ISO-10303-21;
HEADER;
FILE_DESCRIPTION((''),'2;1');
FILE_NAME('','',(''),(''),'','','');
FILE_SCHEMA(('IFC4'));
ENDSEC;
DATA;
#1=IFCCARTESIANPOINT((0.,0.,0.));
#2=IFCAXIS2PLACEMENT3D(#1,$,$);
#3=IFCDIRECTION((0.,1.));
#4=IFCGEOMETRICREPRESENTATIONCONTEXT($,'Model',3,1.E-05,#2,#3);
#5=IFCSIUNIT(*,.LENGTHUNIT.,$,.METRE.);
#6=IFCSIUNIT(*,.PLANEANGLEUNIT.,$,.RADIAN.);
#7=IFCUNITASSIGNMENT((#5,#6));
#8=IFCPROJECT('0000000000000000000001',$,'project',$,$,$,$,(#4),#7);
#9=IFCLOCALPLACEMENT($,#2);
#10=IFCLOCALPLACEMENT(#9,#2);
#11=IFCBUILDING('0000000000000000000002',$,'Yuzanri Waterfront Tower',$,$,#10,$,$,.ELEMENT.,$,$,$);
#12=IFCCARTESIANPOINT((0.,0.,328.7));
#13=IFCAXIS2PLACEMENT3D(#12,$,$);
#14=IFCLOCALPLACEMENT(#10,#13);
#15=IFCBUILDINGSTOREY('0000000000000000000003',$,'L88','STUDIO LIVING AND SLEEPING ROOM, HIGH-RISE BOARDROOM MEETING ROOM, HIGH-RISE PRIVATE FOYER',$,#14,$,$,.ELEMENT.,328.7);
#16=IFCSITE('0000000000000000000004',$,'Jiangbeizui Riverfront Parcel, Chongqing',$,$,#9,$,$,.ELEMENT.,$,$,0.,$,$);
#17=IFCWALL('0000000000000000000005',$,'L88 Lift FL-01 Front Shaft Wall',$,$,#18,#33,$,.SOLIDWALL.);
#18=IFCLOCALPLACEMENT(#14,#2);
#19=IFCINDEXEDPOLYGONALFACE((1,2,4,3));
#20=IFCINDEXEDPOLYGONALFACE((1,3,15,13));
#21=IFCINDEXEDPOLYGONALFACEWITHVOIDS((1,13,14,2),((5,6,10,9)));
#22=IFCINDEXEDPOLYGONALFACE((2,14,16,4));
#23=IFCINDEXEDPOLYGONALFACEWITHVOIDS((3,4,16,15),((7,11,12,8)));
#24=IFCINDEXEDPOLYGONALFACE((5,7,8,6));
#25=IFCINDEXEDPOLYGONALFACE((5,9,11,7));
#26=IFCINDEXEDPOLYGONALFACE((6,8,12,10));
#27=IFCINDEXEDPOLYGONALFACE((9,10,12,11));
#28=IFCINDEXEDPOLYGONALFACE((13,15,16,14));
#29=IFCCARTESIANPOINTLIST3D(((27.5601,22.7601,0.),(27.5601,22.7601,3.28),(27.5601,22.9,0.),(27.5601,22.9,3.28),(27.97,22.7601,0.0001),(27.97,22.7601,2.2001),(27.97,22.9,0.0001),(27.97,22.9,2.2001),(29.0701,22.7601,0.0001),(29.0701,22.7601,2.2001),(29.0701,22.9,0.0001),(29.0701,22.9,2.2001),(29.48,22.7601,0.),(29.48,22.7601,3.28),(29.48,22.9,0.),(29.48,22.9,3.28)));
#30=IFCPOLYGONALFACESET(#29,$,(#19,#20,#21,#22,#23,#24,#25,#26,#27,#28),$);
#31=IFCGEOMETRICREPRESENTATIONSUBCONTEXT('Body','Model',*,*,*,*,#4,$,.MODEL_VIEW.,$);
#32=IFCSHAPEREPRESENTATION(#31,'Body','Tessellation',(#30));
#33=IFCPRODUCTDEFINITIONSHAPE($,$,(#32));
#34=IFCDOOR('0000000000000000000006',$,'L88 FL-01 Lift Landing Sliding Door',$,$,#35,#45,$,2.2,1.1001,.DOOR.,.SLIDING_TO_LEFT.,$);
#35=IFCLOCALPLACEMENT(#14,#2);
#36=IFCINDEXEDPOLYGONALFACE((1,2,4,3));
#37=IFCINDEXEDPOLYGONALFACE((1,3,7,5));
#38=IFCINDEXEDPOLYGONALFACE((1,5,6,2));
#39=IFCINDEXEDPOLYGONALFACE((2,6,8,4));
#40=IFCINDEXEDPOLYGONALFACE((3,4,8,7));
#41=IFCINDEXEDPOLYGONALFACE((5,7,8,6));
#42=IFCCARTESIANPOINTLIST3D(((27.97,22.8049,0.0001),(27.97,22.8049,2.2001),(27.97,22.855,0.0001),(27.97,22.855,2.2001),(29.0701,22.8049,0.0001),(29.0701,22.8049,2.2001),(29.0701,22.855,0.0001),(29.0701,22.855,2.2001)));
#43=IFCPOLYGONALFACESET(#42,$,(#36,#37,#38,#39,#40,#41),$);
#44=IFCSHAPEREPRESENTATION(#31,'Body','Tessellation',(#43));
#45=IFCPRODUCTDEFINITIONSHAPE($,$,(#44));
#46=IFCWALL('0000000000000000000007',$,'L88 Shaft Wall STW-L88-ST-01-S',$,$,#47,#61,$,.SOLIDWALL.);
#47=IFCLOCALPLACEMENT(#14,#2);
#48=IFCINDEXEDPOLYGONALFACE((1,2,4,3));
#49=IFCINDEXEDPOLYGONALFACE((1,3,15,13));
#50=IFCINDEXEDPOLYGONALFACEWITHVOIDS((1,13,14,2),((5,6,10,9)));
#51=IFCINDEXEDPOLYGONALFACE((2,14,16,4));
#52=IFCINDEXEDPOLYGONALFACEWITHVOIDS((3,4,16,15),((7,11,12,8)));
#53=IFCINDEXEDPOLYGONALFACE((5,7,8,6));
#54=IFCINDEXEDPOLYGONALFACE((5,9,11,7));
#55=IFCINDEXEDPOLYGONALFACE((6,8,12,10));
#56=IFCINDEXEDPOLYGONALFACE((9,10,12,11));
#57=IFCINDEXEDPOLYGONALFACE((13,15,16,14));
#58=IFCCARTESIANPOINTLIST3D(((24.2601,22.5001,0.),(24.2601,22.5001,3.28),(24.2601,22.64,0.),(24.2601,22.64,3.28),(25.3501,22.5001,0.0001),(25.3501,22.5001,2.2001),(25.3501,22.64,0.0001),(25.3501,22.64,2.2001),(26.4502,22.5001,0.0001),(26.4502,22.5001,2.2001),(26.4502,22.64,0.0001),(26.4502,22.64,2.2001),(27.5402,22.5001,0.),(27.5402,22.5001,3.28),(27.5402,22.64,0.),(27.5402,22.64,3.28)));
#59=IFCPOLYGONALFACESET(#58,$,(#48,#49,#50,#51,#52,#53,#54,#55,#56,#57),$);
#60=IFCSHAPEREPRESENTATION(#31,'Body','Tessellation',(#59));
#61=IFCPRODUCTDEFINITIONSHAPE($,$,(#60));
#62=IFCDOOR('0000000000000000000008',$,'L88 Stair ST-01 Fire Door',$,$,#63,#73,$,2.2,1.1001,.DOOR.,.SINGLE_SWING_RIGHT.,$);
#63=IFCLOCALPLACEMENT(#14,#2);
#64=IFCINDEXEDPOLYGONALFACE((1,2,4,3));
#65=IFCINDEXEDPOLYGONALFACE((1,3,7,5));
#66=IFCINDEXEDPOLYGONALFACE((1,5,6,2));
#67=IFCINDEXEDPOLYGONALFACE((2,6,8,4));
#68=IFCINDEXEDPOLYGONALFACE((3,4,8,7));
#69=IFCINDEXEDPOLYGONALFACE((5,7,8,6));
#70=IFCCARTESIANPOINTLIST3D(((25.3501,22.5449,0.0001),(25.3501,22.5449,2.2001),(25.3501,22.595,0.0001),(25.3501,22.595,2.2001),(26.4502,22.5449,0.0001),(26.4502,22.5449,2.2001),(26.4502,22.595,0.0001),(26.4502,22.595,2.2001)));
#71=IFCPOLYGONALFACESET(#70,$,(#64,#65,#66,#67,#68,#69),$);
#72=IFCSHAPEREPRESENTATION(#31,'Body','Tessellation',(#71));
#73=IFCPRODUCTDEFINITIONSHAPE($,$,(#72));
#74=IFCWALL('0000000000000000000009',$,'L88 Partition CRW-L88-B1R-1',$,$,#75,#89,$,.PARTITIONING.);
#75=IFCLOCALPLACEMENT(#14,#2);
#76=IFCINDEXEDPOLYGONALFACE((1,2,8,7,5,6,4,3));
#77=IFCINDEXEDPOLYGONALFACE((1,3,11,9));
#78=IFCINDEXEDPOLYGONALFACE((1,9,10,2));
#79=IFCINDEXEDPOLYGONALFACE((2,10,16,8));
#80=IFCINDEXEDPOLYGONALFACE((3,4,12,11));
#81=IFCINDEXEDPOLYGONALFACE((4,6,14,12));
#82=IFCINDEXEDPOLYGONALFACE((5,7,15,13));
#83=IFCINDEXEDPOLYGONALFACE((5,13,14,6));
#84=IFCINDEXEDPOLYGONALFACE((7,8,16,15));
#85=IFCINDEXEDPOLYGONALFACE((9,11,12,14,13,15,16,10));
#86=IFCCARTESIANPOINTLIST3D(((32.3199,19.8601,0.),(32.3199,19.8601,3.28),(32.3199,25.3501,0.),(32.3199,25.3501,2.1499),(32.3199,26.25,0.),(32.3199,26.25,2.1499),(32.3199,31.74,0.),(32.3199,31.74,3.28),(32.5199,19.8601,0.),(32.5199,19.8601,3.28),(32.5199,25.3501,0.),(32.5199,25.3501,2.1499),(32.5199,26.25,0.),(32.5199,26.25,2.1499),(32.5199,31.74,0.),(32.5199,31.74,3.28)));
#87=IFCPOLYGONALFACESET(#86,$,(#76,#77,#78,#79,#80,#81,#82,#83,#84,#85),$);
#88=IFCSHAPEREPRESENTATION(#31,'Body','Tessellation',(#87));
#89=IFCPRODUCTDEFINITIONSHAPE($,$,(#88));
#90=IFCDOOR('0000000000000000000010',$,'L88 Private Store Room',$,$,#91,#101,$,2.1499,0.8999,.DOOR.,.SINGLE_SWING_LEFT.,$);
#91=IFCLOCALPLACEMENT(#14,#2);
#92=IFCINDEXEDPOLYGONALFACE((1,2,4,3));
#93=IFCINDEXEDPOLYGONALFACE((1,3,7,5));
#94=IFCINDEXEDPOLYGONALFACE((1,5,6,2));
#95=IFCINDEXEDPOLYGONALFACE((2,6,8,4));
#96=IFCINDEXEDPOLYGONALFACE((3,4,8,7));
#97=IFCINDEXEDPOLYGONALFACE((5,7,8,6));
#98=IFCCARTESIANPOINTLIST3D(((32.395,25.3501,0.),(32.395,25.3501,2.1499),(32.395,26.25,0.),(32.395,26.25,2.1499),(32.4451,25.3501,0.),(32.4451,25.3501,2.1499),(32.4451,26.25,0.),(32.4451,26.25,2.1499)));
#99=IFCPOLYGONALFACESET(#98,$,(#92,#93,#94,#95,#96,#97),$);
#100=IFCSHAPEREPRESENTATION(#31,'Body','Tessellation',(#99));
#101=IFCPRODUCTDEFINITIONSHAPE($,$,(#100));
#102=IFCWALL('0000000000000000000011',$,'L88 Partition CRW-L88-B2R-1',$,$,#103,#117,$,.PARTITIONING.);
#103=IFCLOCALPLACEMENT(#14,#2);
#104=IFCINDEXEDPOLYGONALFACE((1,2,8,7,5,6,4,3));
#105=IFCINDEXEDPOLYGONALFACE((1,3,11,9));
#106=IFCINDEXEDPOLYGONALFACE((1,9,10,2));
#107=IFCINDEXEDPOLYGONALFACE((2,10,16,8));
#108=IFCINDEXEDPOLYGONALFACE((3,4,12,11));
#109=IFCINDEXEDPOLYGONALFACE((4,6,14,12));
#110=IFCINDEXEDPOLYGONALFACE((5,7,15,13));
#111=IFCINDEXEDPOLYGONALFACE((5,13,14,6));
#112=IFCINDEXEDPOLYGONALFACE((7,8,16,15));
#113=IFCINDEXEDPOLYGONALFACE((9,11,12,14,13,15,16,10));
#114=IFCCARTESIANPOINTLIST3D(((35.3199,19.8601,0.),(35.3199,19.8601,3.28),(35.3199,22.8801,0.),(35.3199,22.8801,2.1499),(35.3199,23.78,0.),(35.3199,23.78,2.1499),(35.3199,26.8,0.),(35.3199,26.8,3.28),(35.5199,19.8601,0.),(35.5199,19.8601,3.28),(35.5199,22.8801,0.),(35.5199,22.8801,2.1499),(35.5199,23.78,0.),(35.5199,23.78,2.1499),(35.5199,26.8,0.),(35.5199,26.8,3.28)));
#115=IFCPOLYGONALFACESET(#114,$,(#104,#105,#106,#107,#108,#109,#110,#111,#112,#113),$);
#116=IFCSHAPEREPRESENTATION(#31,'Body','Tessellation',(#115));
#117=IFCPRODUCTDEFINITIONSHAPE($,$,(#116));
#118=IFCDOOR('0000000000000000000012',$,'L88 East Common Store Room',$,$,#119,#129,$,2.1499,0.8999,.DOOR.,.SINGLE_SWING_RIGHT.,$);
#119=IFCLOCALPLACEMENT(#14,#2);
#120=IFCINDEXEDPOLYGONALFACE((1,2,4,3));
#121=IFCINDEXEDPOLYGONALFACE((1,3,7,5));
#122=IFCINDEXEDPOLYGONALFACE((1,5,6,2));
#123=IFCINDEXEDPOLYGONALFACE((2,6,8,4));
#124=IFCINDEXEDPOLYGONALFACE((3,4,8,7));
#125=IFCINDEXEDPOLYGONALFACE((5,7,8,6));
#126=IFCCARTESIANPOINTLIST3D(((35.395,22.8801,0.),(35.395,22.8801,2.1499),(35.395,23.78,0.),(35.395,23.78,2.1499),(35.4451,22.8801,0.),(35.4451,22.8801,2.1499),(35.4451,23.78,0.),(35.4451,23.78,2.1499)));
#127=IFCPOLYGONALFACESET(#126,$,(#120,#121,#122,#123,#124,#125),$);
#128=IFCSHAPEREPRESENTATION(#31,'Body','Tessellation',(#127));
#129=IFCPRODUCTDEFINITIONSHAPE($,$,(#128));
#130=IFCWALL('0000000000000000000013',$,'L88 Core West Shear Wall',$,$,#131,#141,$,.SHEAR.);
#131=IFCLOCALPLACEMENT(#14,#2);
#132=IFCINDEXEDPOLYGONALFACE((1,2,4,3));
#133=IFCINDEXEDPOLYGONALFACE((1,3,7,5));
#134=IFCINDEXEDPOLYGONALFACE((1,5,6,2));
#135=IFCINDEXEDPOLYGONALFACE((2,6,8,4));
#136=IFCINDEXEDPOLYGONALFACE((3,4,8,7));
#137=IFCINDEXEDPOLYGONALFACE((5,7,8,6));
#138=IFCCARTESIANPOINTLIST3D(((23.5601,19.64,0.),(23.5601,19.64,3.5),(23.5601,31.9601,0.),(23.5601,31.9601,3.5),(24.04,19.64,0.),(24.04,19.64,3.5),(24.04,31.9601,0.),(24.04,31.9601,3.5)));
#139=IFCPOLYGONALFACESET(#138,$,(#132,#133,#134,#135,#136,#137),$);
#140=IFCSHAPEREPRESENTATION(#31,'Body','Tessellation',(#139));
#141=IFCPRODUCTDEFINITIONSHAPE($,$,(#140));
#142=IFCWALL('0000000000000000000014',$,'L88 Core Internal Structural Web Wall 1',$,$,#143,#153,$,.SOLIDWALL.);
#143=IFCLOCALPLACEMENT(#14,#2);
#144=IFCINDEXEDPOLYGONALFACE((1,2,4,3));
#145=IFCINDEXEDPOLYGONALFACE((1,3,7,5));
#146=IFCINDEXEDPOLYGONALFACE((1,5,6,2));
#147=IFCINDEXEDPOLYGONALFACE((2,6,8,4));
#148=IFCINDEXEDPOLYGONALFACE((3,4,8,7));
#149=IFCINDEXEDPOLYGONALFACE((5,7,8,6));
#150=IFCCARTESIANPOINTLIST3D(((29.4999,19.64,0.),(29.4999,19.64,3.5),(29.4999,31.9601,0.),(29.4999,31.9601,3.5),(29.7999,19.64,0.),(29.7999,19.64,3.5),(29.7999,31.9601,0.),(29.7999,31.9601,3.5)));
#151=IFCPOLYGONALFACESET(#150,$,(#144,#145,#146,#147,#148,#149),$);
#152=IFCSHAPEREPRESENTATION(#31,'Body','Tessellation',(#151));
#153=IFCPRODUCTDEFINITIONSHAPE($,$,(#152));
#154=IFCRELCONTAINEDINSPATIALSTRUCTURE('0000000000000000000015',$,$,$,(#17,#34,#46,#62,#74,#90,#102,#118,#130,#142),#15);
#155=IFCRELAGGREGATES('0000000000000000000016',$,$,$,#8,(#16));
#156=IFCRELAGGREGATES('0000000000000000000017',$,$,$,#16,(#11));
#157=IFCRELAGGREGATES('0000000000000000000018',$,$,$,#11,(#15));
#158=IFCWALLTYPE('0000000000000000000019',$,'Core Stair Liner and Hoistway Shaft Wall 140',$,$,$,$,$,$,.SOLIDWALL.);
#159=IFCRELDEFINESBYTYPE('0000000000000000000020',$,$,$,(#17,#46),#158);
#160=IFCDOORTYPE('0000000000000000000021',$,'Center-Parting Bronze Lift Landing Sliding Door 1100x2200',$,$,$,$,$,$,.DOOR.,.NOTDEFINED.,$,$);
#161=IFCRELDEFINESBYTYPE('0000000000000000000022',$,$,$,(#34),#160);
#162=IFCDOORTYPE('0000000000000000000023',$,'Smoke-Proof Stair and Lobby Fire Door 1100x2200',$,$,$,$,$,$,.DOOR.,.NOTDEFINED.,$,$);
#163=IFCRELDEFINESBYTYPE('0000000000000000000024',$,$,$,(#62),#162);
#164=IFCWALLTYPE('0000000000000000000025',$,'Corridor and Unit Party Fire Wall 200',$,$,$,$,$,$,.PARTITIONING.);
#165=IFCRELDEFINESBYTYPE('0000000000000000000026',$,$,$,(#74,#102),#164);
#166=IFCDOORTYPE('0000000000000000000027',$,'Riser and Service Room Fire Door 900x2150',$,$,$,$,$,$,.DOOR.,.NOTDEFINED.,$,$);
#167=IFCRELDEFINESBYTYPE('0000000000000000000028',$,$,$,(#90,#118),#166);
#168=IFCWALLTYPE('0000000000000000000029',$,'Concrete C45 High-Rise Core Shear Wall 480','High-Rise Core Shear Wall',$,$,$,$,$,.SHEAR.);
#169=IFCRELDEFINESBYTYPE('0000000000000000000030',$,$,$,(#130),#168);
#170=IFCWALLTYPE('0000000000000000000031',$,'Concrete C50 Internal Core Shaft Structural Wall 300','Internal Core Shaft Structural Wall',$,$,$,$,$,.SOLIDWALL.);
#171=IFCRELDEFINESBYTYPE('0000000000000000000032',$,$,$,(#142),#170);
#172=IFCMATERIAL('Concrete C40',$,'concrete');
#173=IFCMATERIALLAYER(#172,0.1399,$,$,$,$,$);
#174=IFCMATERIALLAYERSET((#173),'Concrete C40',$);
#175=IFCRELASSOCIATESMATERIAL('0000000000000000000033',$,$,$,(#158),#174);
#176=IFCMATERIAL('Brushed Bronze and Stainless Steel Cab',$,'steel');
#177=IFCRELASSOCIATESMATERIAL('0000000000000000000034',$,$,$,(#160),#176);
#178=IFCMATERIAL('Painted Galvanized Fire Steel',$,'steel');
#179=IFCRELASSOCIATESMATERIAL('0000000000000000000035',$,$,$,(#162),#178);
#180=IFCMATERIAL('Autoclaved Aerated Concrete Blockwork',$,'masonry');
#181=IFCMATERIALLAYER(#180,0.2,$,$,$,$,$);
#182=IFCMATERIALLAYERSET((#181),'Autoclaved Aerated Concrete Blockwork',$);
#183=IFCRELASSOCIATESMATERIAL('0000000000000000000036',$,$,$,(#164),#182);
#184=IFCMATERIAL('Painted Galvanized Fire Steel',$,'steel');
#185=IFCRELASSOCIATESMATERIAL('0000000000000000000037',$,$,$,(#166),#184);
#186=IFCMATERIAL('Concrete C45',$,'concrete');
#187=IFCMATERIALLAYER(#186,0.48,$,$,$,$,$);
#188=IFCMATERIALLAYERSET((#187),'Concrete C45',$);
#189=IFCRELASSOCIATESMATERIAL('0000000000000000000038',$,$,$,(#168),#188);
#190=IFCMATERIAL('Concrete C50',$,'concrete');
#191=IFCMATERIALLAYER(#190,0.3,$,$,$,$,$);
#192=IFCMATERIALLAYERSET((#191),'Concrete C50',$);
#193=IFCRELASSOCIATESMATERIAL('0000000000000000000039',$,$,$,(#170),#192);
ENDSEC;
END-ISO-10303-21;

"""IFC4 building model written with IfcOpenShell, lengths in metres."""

from ifc_helpers import new_model, si_unit, direction, frame, frame_2d, origin, place, context, subcontext, project, spatial, rectangle, extrude, source, transform, mapped, material, layer, layer_set, type_object, element, fill, save


model = new_model("IFC4")

# Units and contexts
model_context = context("Model", 3, precision=1e-05, world=origin(), true_north=direction((0.0, 1.0)))
body_context = subcontext(model_context, "Body", "Model", "MODEL_VIEW")
ifc_project = project(units=[si_unit("LENGTHUNIT", "METRE"), si_unit("PLANEANGLEUNIT", "RADIAN")], contexts=[model_context])

# Site, building, storey
site_placement = place(None, origin())
site = spatial("IfcSite", under=ifc_project, at=site_placement, Name="Jiangbeizui Riverfront Parcel, Chongqing", CompositionType="ELEMENT", RefElevation=0.0)
building_placement = place(site_placement, origin())
building = spatial("IfcBuilding", under=site, at=building_placement, Name="Yuzanri Waterfront Tower", CompositionType="ELEMENT")
storey_placement = place(building_placement, frame((0.0, 0.0, 328.7)))
storey = spatial("IfcBuildingStorey", under=building, at=storey_placement, Name="L88", Description="STUDIO LIVING AND SLEEPING ROOM, HIGH-RISE BOARDROOM MEETING ROOM, HIGH-RISE PRIVATE FOYER", CompositionType="ELEMENT", Elevation=328.7)

# Walls, openings, doors
ifc_material_1 = material(Name="Concrete C40", Category="concrete")
ifc_layer_1 = layer(ifc_material_1, 0.1399)
ifc_layer_set_1 = layer_set([ifc_layer_1], Name="Concrete C40")
wall_type_1 = type_object("IfcWallType", Name="Core Stair Liner and Hoistway Shaft Wall 140", PredefinedType="SOLIDWALL", material=ifc_layer_set_1)
wall_1_placement = place(storey_placement, frame((27.5601, 22.8301, 0.0), z_axis=(0.0, 0.0, 1.0), x_axis=(1.0, 0.0, 0.0)))
wall_1 = element("IfcWall", 1, at=wall_1_placement, inside=storey, type_object=wall_type_1, Name="L88 Lift FL-01 Front Shaft Wall", PredefinedType="SOLIDWALL", context=body_context, shape_type="SweptSolid", body=[
    extrude(rectangle(XDim=1.9199, YDim=0.1399, at=frame_2d((0.96, 0.0))), origin(), (0.0, 0.0, 1.0), 3.28),
])
opening_1_placement = place(wall_1_placement, frame((0.4099, 0.0, 0.0)))
opening_1 = element("IfcOpeningElement", 2, at=opening_1_placement, cuts=wall_1, PredefinedType="OPENING", context=body_context, shape_type="SweptSolid", body=[
    extrude(rectangle(XDim=1.1001, YDim=2.2, at=frame_2d((0.55, 1.1001))), frame((0.0, 0.085, 0.0), z_axis=(0.0, -1.0, 0.0), x_axis=(1.0, 0.0, 0.0)), (0.0, 0.0, 1.0), 0.1697),
])
ifc_material_2 = material(Name="Brushed Bronze and Stainless Steel Cab", Category="steel")
door_type_1 = type_object("IfcDoorType", Name="Center-Parting Bronze Lift Landing Sliding Door 1100x2200", OperationType="NOTDEFINED", PredefinedType="DOOR", material=ifc_material_2)
shared_shape_1 = source(origin(), body_context, "Body", "SweptSolid", [
    extrude(rectangle(XDim=1.1001, YDim=2.2, at=frame_2d((0.55, 1.1001))), frame((0.0, 0.0249, 0.0), z_axis=(0.0, -1.0, 0.0), x_axis=(1.0, 0.0, 0.0)), (0.0, 0.0, 1.0), 0.05),
])
door_1_placement = place(opening_1_placement, origin())
door_1 = element("IfcDoor", 3, at=door_1_placement, inside=storey, type_object=door_type_1, Name="L88 FL-01 Lift Landing Sliding Door", OperationType="SLIDING_TO_LEFT", OverallHeight=2.2, OverallWidth=1.1001, PredefinedType="DOOR", context=body_context, shape_type="MappedRepresentation", body=[
    mapped(shared_shape_1, transform((0.0, 0.0, 0.0), scale=1.0)),
])
fill(opening_1, door_1)
wall_2_placement = place(storey_placement, frame((24.26, 22.5701, 0.0), z_axis=(0.0, 0.0, 1.0), x_axis=(1.0, 0.0, 0.0)))
wall_2 = element("IfcWall", 4, at=wall_2_placement, inside=storey, type_object=wall_type_1, Name="L88 Shaft Wall STW-L88-ST-01-S", PredefinedType="SOLIDWALL", context=body_context, shape_type="SweptSolid", body=[
    extrude(rectangle(XDim=3.28, YDim=0.1399, at=frame_2d((1.6401, 0.0))), origin(), (0.0, 0.0, 1.0), 3.28),
])
opening_2_placement = place(wall_2_placement, frame((1.0901, 0.0, 0.0)))
opening_2 = element("IfcOpeningElement", 5, at=opening_2_placement, cuts=wall_2, PredefinedType="OPENING", context=body_context, shape_type="SweptSolid", body=[
    extrude(rectangle(XDim=1.1001, YDim=2.2, at=frame_2d((0.55, 1.1001))), frame((0.0, 0.085, 0.0), z_axis=(0.0, -1.0, 0.0), x_axis=(1.0, 0.0, 0.0)), (0.0, 0.0, 1.0), 0.1697),
])
ifc_material_3 = material(Name="Painted Galvanized Fire Steel", Category="steel")
door_type_2 = type_object("IfcDoorType", Name="Smoke-Proof Stair and Lobby Fire Door 1100x2200", OperationType="NOTDEFINED", PredefinedType="DOOR", material=ifc_material_3)
shared_shape_2 = source(origin(), body_context, "Body", "SweptSolid", [
    extrude(rectangle(XDim=1.1001, YDim=2.2, at=frame_2d((0.55, 1.1001))), frame((0.0, 0.0249, 0.0), z_axis=(0.0, -1.0, 0.0), x_axis=(1.0, 0.0, 0.0)), (0.0, 0.0, 1.0), 0.05),
])
door_2_placement = place(opening_2_placement, origin())
door_2 = element("IfcDoor", 6, at=door_2_placement, inside=storey, type_object=door_type_2, Name="L88 Stair ST-01 Fire Door", OperationType="SINGLE_SWING_RIGHT", OverallHeight=2.2, OverallWidth=1.1001, PredefinedType="DOOR", context=body_context, shape_type="MappedRepresentation", body=[
    mapped(shared_shape_2, transform((0.0, 0.0, 0.0), scale=1.0)),
])
fill(opening_2, door_2)
ifc_material_4 = material(Name="Autoclaved Aerated Concrete Blockwork", Category="masonry")
ifc_layer_2 = layer(ifc_material_4, 0.2)
ifc_layer_set_2 = layer_set([ifc_layer_2], Name="Autoclaved Aerated Concrete Blockwork")
wall_type_2 = type_object("IfcWallType", Name="Corridor and Unit Party Fire Wall 200", PredefinedType="PARTITIONING", material=ifc_layer_set_2)
wall_3_placement = place(storey_placement, frame((32.4199, 19.8601, 0.0), z_axis=(0.0, 0.0, 1.0), x_axis=(0.0, 1.0, 0.0)))
wall_3 = element("IfcWall", 7, at=wall_3_placement, inside=storey, type_object=wall_type_2, Name="L88 Partition CRW-L88-B1R-1", PredefinedType="PARTITIONING", context=body_context, shape_type="SweptSolid", body=[
    extrude(rectangle(XDim=11.8799, YDim=0.2, at=frame_2d((5.9399, 0.0))), origin(), (0.0, 0.0, 1.0), 3.28),
])
opening_3_placement = place(wall_3_placement, frame((5.49, 0.0, 0.0)))
opening_3 = element("IfcOpeningElement", 8, at=opening_3_placement, cuts=wall_3, PredefinedType="OPENING", context=body_context, shape_type="SweptSolid", body=[
    extrude(rectangle(XDim=0.8999, YDim=2.1499, at=frame_2d((0.45, 1.075))), frame((0.0, 0.1147, 0.0), z_axis=(0.0, -1.0, 0.0), x_axis=(1.0, 0.0, 0.0)), (0.0, 0.0, 1.0), 0.2297),
])
ifc_material_5 = material(Name="Painted Galvanized Fire Steel", Category="steel")
door_type_3 = type_object("IfcDoorType", Name="Riser and Service Room Fire Door 900x2150", OperationType="NOTDEFINED", PredefinedType="DOOR", material=ifc_material_5)
shared_shape_3 = source(origin(), body_context, "Body", "SweptSolid", [
    extrude(rectangle(XDim=0.8999, YDim=2.1499, at=frame_2d((0.45, 1.075))), frame((0.0, 0.0249, 0.0), z_axis=(0.0, -1.0, 0.0), x_axis=(1.0, 0.0, 0.0)), (0.0, 0.0, 1.0), 0.05),
])
door_3_placement = place(opening_3_placement, origin())
door_3 = element("IfcDoor", 9, at=door_3_placement, inside=storey, type_object=door_type_3, Name="L88 Private Store Room", OperationType="SINGLE_SWING_LEFT", OverallHeight=2.1499, OverallWidth=0.8999, PredefinedType="DOOR", context=body_context, shape_type="MappedRepresentation", body=[
    mapped(shared_shape_3, transform((0.0, 0.0, 0.0), scale=1.0)),
])
fill(opening_3, door_3)
wall_4_placement = place(storey_placement, frame((35.4199, 19.8601, 0.0), z_axis=(0.0, 0.0, 1.0), x_axis=(0.0, 1.0, 0.0)))
wall_4 = element("IfcWall", 10, at=wall_4_placement, inside=storey, type_object=wall_type_2, Name="L88 Partition CRW-L88-B2R-1", PredefinedType="PARTITIONING", context=body_context, shape_type="SweptSolid", body=[
    extrude(rectangle(XDim=6.9399, YDim=0.2, at=frame_2d((3.47, 0.0))), origin(), (0.0, 0.0, 1.0), 3.28),
])
opening_4_placement = place(wall_4_placement, frame((3.02, 0.0, 0.0)))
opening_4 = element("IfcOpeningElement", 11, at=opening_4_placement, cuts=wall_4, PredefinedType="OPENING", context=body_context, shape_type="SweptSolid", body=[
    extrude(rectangle(XDim=0.8999, YDim=2.1499, at=frame_2d((0.45, 1.075))), frame((0.0, 0.1147, 0.0), z_axis=(0.0, -1.0, 0.0), x_axis=(1.0, 0.0, 0.0)), (0.0, 0.0, 1.0), 0.2297),
])
door_4_placement = place(opening_4_placement, origin())
door_4 = element("IfcDoor", 12, at=door_4_placement, inside=storey, type_object=door_type_3, Name="L88 East Common Store Room", OperationType="SINGLE_SWING_RIGHT", OverallHeight=2.1499, OverallWidth=0.8999, PredefinedType="DOOR", context=body_context, shape_type="MappedRepresentation", body=[
    mapped(shared_shape_3, transform((0.0, 0.0, 0.0), scale=1.0)),
])
fill(opening_4, door_4)

# Walls
ifc_material_6 = material(Name="Concrete C45", Category="concrete")
ifc_layer_3 = layer(ifc_material_6, 0.48)
ifc_layer_set_3 = layer_set([ifc_layer_3], Name="Concrete C45")
wall_type_3 = type_object("IfcWallType", Name="Concrete C45 High-Rise Core Shear Wall 480", Description="High-Rise Core Shear Wall", PredefinedType="SHEAR", material=ifc_layer_set_3)
shared_shape_4 = source(origin(), body_context, "Body", "SweptSolid", [
    extrude(rectangle(XDim=12.3201, YDim=0.48, at=frame_2d((6.1602, 0.0))), origin(), (0.0, 0.0, 1.0), 3.5),
])
wall_5_placement = place(storey_placement, frame((23.8, 19.6399, 0.0), z_axis=(0.0, 0.0, 1.0), x_axis=(0.0, 1.0, 0.0)))
element("IfcWall", 13, at=wall_5_placement, inside=storey, type_object=wall_type_3, Name="L88 Core West Shear Wall", PredefinedType="SHEAR", context=body_context, shape_type="MappedRepresentation", body=[
    mapped(shared_shape_4, transform((0.0, 0.0, 0.0), scale=1.0)),
])
ifc_material_7 = material(Name="Concrete C50", Category="concrete")
ifc_layer_4 = layer(ifc_material_7, 0.3)
ifc_layer_set_4 = layer_set([ifc_layer_4], Name="Concrete C50")
wall_type_4 = type_object("IfcWallType", Name="Concrete C50 Internal Core Shaft Structural Wall 300", Description="Internal Core Shaft Structural Wall", PredefinedType="SOLIDWALL", material=ifc_layer_set_4)
shared_shape_5 = source(origin(), body_context, "Body", "SweptSolid", [
    extrude(rectangle(XDim=12.3201, YDim=0.3, at=frame_2d((6.1602, 0.0))), origin(), (0.0, 0.0, 1.0), 3.5),
])
wall_6_placement = place(storey_placement, frame((29.6499, 19.6399, 0.0), z_axis=(0.0, 0.0, 1.0), x_axis=(0.0, 1.0, 0.0)))
element("IfcWall", 14, at=wall_6_placement, inside=storey, type_object=wall_type_4, Name="L88 Core Internal Structural Web Wall 1", PredefinedType="SOLIDWALL", context=body_context, shape_type="MappedRepresentation", body=[
    mapped(shared_shape_5, transform((0.0, 0.0, 0.0), scale=1.0)),
])

save(model, "model.ifc")
